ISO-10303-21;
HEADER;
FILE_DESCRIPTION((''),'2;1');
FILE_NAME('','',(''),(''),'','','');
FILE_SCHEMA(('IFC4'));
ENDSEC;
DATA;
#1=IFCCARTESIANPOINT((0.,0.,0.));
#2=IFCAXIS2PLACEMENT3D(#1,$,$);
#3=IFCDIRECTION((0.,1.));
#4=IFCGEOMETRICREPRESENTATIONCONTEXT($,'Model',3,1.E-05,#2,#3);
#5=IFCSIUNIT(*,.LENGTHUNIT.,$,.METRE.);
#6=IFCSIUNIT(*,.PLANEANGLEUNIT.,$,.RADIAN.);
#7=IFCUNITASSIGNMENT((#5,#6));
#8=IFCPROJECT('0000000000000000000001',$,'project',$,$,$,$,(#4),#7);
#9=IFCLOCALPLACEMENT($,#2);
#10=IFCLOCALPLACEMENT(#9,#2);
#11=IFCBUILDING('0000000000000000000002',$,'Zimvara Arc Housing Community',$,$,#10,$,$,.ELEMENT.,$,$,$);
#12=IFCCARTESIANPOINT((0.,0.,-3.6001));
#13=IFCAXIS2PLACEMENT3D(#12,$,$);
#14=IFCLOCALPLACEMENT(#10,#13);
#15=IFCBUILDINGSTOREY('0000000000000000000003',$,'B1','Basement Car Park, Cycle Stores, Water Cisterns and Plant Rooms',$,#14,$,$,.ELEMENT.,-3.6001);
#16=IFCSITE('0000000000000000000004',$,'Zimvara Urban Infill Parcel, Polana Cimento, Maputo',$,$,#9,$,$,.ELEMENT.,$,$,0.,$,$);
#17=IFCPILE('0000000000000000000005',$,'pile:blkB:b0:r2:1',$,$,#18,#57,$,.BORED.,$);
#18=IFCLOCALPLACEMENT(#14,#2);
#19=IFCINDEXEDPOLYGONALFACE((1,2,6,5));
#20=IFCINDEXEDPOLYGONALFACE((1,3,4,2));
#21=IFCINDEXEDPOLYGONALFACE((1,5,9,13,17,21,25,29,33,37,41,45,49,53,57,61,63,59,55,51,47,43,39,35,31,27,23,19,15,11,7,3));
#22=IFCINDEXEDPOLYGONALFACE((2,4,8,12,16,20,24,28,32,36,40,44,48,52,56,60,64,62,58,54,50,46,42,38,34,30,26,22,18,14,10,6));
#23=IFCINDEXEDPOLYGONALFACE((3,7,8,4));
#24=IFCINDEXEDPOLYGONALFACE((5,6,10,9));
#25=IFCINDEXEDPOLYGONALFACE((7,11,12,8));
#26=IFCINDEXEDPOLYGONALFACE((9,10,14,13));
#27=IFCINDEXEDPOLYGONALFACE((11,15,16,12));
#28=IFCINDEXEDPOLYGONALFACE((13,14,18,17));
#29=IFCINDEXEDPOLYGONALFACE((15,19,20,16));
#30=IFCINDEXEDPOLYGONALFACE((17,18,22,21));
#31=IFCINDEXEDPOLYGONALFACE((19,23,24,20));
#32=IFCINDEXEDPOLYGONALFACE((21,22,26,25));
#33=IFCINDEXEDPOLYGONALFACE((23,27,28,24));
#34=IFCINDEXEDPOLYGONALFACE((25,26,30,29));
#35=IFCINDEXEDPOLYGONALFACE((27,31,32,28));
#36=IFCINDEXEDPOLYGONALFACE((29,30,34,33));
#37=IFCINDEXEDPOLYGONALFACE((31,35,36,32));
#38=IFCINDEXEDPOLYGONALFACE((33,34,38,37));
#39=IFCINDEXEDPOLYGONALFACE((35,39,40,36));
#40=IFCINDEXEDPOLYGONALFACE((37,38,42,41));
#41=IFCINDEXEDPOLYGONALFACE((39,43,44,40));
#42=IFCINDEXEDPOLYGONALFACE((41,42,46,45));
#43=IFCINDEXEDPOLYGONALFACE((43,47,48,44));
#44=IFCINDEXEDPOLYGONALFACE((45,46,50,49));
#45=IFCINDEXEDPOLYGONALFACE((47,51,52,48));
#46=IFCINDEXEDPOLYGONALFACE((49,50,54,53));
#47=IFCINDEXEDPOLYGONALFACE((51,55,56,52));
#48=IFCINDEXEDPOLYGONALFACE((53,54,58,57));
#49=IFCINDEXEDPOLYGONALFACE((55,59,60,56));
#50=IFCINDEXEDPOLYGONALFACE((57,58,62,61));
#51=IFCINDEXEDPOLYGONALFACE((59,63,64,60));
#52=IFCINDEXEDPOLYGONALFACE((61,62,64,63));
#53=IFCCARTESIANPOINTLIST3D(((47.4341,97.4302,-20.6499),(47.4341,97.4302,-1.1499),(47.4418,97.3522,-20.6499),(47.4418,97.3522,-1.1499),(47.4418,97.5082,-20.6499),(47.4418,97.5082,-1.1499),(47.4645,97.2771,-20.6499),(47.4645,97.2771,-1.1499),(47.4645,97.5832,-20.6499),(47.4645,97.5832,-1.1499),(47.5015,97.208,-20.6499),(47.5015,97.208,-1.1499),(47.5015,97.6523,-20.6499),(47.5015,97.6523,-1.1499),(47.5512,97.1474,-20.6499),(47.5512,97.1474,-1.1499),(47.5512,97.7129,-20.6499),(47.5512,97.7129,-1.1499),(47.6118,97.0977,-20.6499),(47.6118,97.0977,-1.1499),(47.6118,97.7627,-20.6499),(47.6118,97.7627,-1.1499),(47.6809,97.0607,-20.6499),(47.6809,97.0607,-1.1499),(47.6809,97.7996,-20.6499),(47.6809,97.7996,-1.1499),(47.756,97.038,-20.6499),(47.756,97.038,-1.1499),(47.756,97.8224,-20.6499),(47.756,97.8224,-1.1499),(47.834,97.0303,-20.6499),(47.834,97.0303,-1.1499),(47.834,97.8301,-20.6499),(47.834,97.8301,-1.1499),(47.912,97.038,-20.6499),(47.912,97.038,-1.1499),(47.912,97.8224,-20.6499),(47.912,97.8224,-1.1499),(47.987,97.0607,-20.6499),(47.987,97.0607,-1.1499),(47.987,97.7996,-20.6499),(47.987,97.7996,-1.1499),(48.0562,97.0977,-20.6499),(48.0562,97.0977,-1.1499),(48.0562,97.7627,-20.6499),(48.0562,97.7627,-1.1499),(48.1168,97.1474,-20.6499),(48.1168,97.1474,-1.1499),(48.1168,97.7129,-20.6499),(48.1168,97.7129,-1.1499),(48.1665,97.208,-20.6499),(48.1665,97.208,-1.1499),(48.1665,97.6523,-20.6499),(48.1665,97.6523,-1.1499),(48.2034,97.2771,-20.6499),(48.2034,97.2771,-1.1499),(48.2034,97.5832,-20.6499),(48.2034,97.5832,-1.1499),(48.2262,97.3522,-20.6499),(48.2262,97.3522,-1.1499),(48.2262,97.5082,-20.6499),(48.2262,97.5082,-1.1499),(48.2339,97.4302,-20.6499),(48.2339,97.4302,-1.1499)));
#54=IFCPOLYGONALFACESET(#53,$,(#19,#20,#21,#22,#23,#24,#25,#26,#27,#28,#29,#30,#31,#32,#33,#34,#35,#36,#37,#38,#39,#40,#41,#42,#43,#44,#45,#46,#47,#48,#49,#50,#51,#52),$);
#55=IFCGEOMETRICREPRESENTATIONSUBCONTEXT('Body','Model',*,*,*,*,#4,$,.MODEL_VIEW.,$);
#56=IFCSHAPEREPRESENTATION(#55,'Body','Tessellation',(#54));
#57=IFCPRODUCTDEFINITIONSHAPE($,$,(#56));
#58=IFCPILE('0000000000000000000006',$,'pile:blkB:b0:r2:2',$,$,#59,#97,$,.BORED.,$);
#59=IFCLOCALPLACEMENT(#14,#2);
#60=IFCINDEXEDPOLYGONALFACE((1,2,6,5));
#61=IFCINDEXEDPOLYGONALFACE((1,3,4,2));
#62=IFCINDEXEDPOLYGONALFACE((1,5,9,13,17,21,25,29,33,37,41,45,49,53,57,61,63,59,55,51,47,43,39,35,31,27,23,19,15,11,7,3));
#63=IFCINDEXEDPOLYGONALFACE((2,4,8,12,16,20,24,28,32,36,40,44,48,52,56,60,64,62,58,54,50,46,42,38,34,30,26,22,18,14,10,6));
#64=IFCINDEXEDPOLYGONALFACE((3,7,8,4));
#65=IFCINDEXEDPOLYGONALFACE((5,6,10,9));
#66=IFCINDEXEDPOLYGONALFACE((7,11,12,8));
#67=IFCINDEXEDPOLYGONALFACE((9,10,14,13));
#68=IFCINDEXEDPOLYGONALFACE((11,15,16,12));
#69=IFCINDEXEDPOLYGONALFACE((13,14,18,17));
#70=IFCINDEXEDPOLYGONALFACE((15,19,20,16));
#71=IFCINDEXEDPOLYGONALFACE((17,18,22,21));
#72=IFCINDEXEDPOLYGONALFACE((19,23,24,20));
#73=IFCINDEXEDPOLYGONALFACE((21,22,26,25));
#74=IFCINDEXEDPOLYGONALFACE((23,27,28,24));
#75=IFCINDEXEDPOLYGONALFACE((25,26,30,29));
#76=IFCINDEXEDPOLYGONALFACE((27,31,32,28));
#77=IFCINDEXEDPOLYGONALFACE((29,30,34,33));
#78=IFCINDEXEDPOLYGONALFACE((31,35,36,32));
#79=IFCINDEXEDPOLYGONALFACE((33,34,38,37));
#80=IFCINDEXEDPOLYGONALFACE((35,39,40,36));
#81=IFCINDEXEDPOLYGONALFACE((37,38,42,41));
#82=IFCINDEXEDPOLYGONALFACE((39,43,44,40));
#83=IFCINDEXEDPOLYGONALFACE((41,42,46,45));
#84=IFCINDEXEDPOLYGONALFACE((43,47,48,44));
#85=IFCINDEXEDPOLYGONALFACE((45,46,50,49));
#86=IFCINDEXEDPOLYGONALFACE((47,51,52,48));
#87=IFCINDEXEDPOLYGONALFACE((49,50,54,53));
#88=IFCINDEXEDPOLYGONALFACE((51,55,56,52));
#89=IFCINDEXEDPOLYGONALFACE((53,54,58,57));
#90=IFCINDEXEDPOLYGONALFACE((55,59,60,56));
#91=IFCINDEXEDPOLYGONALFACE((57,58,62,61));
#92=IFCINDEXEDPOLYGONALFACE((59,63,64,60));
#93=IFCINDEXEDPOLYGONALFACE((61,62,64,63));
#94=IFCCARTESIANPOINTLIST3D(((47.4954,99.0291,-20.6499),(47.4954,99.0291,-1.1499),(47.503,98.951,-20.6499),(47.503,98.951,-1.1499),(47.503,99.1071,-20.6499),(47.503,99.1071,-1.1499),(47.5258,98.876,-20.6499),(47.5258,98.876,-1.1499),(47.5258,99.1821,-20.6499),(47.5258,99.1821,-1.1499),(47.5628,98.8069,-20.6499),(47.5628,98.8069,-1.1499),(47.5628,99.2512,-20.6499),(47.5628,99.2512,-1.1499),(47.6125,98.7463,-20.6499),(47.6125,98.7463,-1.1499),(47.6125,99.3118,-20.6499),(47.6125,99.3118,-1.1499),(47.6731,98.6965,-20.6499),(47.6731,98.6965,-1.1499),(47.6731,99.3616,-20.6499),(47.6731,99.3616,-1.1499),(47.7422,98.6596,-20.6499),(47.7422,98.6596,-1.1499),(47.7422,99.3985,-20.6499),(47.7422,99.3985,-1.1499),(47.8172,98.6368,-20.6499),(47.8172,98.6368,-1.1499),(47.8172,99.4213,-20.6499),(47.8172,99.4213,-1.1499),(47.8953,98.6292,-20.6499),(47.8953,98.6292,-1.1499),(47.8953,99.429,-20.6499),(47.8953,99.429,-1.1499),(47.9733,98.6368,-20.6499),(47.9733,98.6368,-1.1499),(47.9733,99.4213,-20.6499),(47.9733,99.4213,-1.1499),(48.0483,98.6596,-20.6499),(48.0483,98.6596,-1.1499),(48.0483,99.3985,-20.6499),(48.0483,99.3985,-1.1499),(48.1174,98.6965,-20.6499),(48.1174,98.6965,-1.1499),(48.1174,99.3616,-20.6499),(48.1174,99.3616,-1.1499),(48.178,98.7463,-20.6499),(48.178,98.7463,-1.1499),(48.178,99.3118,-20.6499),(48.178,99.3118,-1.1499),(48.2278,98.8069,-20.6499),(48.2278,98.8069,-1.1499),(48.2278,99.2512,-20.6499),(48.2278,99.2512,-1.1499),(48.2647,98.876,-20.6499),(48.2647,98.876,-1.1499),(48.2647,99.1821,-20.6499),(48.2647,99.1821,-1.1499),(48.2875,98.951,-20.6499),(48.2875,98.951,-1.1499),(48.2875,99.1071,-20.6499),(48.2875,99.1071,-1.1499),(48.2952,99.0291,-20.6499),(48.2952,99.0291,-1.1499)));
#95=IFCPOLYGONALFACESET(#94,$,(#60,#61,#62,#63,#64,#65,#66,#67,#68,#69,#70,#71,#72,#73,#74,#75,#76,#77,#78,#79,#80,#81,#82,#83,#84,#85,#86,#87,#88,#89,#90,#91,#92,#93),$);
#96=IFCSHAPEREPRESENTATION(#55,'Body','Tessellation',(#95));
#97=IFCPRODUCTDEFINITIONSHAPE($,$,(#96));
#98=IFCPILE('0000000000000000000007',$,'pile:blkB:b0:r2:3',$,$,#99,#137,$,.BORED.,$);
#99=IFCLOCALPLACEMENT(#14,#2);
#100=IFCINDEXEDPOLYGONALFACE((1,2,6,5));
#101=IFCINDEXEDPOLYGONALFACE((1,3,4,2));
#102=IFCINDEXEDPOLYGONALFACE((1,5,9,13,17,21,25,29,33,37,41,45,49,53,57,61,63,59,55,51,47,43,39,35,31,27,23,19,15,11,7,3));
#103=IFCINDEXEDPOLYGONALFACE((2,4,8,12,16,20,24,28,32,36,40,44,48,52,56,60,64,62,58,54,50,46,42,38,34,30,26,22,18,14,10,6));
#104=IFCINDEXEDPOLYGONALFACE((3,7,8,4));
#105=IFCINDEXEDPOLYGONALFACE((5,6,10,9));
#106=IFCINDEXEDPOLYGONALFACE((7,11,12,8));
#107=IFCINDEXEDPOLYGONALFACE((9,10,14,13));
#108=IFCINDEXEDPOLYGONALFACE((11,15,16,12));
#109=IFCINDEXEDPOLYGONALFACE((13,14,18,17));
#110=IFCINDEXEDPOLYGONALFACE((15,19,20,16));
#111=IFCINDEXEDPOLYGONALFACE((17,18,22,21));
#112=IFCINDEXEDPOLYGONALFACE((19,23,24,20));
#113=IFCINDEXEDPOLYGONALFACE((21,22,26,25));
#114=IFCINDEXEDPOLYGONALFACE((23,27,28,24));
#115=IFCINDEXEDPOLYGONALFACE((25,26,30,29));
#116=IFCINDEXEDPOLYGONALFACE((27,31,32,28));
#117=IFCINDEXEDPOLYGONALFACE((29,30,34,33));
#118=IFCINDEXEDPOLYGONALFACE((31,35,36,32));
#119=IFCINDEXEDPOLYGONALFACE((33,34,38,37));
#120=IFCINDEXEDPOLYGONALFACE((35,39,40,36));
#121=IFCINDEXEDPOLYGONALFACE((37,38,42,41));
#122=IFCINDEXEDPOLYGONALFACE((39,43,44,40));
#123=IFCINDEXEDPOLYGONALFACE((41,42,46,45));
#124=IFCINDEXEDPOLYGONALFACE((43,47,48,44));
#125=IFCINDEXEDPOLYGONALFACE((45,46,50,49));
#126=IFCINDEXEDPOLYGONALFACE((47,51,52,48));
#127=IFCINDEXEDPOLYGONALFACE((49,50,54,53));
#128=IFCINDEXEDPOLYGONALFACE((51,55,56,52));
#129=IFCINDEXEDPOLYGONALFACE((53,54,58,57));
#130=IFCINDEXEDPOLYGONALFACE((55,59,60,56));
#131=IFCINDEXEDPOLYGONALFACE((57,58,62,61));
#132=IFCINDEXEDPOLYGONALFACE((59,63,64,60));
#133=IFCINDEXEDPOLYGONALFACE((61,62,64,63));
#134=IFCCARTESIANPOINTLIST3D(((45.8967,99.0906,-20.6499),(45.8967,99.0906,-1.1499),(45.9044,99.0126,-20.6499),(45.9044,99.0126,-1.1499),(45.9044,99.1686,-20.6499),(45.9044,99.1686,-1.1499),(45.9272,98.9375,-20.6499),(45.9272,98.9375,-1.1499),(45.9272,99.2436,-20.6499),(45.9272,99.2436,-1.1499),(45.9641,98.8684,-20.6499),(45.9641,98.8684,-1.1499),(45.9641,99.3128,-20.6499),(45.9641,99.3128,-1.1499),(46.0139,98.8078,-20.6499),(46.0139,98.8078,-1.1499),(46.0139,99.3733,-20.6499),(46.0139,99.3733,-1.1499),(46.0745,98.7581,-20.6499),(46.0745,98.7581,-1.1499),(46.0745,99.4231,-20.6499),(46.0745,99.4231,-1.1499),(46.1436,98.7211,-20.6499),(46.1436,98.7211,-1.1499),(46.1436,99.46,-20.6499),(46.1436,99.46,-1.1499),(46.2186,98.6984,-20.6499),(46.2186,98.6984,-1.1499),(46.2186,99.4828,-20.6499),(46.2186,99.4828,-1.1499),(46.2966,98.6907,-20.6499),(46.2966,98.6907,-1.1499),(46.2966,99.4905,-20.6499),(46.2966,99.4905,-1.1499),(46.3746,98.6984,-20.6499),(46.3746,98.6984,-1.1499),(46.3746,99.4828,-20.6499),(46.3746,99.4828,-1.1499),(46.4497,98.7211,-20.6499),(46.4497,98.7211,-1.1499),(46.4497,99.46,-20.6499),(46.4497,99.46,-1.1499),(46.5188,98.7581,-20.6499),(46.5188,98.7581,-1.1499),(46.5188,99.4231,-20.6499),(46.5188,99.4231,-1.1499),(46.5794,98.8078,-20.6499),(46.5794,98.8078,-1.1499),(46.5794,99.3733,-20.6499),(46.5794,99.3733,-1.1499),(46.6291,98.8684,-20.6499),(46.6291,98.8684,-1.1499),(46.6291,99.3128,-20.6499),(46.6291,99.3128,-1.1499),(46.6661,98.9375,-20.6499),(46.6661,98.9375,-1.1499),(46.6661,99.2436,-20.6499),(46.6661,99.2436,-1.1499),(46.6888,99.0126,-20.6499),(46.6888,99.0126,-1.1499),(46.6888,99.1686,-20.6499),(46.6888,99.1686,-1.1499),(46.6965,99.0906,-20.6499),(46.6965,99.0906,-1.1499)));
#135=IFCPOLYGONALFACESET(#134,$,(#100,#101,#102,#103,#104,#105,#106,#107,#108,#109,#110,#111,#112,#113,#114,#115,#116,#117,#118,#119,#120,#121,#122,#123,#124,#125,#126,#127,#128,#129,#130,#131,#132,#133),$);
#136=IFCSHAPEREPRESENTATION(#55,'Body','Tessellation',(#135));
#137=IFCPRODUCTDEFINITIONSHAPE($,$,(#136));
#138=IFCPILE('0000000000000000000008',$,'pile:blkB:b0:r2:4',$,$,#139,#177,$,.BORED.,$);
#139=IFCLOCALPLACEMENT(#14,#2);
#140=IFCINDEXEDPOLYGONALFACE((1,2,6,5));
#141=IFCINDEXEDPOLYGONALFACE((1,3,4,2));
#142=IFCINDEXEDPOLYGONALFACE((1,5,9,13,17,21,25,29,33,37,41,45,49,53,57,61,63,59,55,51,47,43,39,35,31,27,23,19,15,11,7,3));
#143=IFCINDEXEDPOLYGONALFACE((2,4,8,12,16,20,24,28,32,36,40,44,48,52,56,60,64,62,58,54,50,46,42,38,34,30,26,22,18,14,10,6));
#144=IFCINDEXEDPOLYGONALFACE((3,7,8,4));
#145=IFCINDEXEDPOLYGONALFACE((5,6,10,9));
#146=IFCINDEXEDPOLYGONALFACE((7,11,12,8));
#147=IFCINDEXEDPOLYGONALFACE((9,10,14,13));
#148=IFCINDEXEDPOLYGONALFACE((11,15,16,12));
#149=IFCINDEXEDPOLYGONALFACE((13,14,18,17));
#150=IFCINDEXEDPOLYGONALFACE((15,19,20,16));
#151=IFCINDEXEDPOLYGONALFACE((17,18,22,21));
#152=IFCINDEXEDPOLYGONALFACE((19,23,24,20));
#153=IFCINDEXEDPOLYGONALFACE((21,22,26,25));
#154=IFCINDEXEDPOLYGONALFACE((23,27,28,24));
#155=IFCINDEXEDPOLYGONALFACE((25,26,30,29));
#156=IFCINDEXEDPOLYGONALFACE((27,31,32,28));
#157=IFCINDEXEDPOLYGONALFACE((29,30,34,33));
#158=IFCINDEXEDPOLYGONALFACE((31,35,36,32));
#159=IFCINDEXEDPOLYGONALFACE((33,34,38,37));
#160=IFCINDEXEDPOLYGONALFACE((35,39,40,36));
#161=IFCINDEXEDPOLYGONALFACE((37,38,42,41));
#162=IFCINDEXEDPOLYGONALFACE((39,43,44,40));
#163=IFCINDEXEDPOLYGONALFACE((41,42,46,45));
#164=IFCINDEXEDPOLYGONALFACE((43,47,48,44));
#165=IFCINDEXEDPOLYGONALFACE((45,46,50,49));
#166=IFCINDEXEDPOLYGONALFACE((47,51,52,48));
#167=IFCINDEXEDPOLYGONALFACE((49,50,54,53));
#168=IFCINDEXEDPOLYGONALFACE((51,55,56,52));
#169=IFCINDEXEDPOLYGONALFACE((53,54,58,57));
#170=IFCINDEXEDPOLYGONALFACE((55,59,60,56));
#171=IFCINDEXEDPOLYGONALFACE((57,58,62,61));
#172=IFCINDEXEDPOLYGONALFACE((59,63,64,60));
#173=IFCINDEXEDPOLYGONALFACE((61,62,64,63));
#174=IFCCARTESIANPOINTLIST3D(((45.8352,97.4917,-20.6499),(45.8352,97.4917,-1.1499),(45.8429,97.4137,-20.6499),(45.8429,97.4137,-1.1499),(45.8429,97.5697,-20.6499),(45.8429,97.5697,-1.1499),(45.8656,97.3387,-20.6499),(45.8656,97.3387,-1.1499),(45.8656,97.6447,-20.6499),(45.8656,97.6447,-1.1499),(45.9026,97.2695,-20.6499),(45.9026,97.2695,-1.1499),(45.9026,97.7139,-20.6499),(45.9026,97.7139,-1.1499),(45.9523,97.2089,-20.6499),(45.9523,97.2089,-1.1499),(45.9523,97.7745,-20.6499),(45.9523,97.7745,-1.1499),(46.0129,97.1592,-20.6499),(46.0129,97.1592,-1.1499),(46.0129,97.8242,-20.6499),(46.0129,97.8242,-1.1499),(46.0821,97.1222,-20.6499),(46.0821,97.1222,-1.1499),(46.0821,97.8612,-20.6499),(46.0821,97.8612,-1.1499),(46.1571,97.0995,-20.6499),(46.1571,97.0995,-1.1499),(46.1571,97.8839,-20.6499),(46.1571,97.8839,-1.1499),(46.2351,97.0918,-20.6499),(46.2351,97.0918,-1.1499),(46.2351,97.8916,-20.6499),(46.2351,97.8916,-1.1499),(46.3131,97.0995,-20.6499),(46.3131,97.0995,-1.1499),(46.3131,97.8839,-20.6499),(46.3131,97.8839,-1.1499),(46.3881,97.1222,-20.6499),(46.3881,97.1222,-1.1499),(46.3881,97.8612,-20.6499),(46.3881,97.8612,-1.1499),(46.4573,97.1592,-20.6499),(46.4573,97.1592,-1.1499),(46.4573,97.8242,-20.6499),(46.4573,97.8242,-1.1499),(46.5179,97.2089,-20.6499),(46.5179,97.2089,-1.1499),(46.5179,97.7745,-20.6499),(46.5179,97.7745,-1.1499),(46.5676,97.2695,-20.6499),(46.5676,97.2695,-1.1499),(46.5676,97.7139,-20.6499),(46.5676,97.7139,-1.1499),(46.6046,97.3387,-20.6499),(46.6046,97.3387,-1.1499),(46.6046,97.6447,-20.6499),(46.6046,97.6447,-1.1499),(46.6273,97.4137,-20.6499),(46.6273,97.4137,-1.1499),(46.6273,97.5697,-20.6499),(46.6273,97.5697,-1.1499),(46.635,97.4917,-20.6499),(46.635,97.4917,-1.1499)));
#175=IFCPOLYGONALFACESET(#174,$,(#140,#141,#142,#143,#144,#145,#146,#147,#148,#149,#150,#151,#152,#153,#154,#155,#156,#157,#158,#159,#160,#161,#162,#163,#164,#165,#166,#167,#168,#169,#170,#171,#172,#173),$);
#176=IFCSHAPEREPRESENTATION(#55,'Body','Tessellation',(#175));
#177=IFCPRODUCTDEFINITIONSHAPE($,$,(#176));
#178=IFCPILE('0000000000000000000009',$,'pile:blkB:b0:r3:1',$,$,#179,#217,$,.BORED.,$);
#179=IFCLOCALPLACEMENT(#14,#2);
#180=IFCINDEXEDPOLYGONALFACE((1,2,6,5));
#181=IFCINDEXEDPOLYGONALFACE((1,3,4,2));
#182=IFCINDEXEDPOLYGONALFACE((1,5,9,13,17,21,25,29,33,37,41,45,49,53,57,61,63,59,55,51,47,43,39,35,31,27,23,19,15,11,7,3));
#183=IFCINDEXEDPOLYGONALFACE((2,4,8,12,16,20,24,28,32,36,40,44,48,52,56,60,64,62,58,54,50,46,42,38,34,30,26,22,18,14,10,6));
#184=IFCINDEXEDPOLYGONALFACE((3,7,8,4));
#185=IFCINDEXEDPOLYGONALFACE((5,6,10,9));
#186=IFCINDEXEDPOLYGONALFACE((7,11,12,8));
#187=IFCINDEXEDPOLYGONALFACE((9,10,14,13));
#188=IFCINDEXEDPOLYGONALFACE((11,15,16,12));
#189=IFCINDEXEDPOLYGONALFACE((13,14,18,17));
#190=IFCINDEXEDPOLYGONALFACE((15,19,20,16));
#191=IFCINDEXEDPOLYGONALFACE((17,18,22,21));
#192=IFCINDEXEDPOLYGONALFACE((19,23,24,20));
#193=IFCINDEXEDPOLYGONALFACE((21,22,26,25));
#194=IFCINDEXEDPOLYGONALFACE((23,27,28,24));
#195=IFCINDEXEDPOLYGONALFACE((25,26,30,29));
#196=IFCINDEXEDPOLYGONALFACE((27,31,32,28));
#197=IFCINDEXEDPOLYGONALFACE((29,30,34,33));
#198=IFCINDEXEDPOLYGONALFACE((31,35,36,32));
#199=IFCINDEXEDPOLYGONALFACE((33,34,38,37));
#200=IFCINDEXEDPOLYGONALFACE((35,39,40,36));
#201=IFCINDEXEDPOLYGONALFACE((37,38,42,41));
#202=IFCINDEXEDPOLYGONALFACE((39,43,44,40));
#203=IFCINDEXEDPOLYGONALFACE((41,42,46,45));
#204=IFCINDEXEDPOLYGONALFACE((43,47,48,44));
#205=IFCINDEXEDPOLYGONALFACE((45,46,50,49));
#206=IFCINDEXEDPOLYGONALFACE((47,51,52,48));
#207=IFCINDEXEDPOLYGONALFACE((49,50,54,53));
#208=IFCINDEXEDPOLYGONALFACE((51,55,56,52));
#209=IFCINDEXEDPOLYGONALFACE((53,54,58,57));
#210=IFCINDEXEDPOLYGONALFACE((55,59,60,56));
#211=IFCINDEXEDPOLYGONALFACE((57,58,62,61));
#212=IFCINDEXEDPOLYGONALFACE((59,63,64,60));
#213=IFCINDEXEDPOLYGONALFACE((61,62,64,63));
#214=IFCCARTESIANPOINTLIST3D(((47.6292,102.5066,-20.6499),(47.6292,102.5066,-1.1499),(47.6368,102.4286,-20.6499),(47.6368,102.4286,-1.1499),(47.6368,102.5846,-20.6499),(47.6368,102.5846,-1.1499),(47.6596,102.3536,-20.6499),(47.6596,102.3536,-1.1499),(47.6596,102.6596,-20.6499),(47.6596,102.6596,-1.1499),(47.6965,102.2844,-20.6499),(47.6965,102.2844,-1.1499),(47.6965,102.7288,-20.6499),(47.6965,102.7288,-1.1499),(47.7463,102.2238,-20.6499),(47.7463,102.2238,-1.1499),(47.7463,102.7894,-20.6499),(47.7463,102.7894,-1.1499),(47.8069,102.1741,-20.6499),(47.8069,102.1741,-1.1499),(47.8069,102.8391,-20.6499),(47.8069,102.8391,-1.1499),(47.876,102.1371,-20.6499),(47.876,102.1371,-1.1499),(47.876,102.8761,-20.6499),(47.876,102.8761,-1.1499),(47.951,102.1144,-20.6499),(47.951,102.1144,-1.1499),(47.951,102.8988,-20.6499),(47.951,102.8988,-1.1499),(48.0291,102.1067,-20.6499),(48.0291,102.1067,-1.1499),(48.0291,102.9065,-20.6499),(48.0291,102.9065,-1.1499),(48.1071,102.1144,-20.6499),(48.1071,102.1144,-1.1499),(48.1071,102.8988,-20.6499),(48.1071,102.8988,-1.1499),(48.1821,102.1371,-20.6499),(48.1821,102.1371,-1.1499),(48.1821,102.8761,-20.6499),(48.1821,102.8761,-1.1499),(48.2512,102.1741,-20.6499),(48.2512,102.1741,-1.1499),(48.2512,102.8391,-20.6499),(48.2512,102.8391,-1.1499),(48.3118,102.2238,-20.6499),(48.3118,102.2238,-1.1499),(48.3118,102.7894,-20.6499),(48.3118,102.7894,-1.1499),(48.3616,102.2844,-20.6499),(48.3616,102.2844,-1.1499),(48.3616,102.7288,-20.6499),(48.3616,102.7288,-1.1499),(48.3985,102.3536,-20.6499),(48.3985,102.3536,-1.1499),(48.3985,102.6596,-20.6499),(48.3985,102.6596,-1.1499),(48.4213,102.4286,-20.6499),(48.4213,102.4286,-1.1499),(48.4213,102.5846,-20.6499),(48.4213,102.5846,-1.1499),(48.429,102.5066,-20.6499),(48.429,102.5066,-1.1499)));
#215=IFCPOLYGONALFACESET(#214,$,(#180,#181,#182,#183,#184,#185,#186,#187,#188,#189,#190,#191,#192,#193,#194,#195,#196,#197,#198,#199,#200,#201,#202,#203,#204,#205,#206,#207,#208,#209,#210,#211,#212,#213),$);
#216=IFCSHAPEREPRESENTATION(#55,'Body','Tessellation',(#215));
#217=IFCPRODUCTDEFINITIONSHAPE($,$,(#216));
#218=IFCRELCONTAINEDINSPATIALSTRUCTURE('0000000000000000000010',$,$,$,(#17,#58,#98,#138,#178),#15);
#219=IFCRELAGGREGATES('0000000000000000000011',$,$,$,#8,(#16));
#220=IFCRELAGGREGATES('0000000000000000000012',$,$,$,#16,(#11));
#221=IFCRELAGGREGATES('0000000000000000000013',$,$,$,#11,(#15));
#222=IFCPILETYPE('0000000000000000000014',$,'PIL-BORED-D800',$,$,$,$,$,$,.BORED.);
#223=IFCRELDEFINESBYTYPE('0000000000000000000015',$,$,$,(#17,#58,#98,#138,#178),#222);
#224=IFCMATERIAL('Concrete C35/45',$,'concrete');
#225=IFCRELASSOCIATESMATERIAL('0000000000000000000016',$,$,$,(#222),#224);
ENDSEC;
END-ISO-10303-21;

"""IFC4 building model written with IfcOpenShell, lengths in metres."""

from ifc_helpers import new_model, si_unit, direction, frame, origin, origin_2d, place, context, subcontext, project, spatial, circle, extrude, material, material_profile, profile_set, type_object, element, save


model = new_model("IFC4")

# Units and contexts
model_context = context("Model", 3, precision=1e-05, world=origin(), true_north=direction((0.0, 1.0)))
body_context = subcontext(model_context, "Body", "Model", "MODEL_VIEW")
ifc_project = project(units=[si_unit("LENGTHUNIT", "METRE"), si_unit("PLANEANGLEUNIT", "RADIAN")], contexts=[model_context])

# Site, building, storey
site_placement = place(None, origin())
site = spatial("IfcSite", under=ifc_project, at=site_placement, Name="Zimvara Urban Infill Parcel, Polana Cimento, Maputo", CompositionType="ELEMENT", RefElevation=0.0)
building_placement = place(site_placement, origin())
building = spatial("IfcBuilding", under=site, at=building_placement, Name="Zimvara Arc Housing Community", CompositionType="ELEMENT")
storey_placement = place(building_placement, frame((0.0, 0.0, -3.6001)))
storey = spatial("IfcBuildingStorey", under=building, at=storey_placement, Name="B1", Description="Basement Car Park, Cycle Stores, Water Cisterns and Plant Rooms", CompositionType="ELEMENT", Elevation=-3.6001)

# Piles
ifc_material_1 = material(Name="Concrete C35/45", Category="concrete")
ifc_material_profile_1 = material_profile(ifc_material_1, circle(Radius=0.3999, at=origin_2d()), Name="PILE D800")
ifc_profile_set_1 = profile_set([ifc_material_profile_1], Name="Concrete C35/45")
pile_type = type_object("IfcPileType", Name="PIL-BORED-D800", PredefinedType="BORED", material=ifc_profile_set_1)
for number, where, z_axis, x_axis, name in (
    (1, (47.834, 97.4302, -1.1499), (0.0, 0.0, -1.0), (1.0, 0.0, 0.0), "pile:blkB:b0:r2:1"),
    (2, (47.8953, 99.0291, -1.1499), (0.0, 0.0, -1.0), (1.0, 0.0, 0.0), "pile:blkB:b0:r2:2"),
    (3, (46.2966, 99.0906, -1.1499), (0.0, 0.0, -1.0), (1.0, 0.0, 0.0), "pile:blkB:b0:r2:3"),
    (4, (46.2351, 97.4917, -1.1499), (0.0, 0.0, -1.0), (1.0, 0.0, 0.0), "pile:blkB:b0:r2:4"),
    (5, (48.0291, 102.5066, -1.1499), (0.0, 0.0, -1.0), (1.0, 0.0, 0.0), "pile:blkB:b0:r3:1"),
):
    element("IfcPile", number, at=place(storey_placement, frame(where, z_axis=z_axis, x_axis=x_axis)), inside=storey, type_object=pile_type, Name=name, PredefinedType="BORED", context=body_context, shape_type="SweptSolid", body=[
        extrude(circle(Radius=0.3999, at=origin_2d()), origin(), (0.0, 0.0, 1.0), 19.5),
    ])

save(model, "model.ifc")
